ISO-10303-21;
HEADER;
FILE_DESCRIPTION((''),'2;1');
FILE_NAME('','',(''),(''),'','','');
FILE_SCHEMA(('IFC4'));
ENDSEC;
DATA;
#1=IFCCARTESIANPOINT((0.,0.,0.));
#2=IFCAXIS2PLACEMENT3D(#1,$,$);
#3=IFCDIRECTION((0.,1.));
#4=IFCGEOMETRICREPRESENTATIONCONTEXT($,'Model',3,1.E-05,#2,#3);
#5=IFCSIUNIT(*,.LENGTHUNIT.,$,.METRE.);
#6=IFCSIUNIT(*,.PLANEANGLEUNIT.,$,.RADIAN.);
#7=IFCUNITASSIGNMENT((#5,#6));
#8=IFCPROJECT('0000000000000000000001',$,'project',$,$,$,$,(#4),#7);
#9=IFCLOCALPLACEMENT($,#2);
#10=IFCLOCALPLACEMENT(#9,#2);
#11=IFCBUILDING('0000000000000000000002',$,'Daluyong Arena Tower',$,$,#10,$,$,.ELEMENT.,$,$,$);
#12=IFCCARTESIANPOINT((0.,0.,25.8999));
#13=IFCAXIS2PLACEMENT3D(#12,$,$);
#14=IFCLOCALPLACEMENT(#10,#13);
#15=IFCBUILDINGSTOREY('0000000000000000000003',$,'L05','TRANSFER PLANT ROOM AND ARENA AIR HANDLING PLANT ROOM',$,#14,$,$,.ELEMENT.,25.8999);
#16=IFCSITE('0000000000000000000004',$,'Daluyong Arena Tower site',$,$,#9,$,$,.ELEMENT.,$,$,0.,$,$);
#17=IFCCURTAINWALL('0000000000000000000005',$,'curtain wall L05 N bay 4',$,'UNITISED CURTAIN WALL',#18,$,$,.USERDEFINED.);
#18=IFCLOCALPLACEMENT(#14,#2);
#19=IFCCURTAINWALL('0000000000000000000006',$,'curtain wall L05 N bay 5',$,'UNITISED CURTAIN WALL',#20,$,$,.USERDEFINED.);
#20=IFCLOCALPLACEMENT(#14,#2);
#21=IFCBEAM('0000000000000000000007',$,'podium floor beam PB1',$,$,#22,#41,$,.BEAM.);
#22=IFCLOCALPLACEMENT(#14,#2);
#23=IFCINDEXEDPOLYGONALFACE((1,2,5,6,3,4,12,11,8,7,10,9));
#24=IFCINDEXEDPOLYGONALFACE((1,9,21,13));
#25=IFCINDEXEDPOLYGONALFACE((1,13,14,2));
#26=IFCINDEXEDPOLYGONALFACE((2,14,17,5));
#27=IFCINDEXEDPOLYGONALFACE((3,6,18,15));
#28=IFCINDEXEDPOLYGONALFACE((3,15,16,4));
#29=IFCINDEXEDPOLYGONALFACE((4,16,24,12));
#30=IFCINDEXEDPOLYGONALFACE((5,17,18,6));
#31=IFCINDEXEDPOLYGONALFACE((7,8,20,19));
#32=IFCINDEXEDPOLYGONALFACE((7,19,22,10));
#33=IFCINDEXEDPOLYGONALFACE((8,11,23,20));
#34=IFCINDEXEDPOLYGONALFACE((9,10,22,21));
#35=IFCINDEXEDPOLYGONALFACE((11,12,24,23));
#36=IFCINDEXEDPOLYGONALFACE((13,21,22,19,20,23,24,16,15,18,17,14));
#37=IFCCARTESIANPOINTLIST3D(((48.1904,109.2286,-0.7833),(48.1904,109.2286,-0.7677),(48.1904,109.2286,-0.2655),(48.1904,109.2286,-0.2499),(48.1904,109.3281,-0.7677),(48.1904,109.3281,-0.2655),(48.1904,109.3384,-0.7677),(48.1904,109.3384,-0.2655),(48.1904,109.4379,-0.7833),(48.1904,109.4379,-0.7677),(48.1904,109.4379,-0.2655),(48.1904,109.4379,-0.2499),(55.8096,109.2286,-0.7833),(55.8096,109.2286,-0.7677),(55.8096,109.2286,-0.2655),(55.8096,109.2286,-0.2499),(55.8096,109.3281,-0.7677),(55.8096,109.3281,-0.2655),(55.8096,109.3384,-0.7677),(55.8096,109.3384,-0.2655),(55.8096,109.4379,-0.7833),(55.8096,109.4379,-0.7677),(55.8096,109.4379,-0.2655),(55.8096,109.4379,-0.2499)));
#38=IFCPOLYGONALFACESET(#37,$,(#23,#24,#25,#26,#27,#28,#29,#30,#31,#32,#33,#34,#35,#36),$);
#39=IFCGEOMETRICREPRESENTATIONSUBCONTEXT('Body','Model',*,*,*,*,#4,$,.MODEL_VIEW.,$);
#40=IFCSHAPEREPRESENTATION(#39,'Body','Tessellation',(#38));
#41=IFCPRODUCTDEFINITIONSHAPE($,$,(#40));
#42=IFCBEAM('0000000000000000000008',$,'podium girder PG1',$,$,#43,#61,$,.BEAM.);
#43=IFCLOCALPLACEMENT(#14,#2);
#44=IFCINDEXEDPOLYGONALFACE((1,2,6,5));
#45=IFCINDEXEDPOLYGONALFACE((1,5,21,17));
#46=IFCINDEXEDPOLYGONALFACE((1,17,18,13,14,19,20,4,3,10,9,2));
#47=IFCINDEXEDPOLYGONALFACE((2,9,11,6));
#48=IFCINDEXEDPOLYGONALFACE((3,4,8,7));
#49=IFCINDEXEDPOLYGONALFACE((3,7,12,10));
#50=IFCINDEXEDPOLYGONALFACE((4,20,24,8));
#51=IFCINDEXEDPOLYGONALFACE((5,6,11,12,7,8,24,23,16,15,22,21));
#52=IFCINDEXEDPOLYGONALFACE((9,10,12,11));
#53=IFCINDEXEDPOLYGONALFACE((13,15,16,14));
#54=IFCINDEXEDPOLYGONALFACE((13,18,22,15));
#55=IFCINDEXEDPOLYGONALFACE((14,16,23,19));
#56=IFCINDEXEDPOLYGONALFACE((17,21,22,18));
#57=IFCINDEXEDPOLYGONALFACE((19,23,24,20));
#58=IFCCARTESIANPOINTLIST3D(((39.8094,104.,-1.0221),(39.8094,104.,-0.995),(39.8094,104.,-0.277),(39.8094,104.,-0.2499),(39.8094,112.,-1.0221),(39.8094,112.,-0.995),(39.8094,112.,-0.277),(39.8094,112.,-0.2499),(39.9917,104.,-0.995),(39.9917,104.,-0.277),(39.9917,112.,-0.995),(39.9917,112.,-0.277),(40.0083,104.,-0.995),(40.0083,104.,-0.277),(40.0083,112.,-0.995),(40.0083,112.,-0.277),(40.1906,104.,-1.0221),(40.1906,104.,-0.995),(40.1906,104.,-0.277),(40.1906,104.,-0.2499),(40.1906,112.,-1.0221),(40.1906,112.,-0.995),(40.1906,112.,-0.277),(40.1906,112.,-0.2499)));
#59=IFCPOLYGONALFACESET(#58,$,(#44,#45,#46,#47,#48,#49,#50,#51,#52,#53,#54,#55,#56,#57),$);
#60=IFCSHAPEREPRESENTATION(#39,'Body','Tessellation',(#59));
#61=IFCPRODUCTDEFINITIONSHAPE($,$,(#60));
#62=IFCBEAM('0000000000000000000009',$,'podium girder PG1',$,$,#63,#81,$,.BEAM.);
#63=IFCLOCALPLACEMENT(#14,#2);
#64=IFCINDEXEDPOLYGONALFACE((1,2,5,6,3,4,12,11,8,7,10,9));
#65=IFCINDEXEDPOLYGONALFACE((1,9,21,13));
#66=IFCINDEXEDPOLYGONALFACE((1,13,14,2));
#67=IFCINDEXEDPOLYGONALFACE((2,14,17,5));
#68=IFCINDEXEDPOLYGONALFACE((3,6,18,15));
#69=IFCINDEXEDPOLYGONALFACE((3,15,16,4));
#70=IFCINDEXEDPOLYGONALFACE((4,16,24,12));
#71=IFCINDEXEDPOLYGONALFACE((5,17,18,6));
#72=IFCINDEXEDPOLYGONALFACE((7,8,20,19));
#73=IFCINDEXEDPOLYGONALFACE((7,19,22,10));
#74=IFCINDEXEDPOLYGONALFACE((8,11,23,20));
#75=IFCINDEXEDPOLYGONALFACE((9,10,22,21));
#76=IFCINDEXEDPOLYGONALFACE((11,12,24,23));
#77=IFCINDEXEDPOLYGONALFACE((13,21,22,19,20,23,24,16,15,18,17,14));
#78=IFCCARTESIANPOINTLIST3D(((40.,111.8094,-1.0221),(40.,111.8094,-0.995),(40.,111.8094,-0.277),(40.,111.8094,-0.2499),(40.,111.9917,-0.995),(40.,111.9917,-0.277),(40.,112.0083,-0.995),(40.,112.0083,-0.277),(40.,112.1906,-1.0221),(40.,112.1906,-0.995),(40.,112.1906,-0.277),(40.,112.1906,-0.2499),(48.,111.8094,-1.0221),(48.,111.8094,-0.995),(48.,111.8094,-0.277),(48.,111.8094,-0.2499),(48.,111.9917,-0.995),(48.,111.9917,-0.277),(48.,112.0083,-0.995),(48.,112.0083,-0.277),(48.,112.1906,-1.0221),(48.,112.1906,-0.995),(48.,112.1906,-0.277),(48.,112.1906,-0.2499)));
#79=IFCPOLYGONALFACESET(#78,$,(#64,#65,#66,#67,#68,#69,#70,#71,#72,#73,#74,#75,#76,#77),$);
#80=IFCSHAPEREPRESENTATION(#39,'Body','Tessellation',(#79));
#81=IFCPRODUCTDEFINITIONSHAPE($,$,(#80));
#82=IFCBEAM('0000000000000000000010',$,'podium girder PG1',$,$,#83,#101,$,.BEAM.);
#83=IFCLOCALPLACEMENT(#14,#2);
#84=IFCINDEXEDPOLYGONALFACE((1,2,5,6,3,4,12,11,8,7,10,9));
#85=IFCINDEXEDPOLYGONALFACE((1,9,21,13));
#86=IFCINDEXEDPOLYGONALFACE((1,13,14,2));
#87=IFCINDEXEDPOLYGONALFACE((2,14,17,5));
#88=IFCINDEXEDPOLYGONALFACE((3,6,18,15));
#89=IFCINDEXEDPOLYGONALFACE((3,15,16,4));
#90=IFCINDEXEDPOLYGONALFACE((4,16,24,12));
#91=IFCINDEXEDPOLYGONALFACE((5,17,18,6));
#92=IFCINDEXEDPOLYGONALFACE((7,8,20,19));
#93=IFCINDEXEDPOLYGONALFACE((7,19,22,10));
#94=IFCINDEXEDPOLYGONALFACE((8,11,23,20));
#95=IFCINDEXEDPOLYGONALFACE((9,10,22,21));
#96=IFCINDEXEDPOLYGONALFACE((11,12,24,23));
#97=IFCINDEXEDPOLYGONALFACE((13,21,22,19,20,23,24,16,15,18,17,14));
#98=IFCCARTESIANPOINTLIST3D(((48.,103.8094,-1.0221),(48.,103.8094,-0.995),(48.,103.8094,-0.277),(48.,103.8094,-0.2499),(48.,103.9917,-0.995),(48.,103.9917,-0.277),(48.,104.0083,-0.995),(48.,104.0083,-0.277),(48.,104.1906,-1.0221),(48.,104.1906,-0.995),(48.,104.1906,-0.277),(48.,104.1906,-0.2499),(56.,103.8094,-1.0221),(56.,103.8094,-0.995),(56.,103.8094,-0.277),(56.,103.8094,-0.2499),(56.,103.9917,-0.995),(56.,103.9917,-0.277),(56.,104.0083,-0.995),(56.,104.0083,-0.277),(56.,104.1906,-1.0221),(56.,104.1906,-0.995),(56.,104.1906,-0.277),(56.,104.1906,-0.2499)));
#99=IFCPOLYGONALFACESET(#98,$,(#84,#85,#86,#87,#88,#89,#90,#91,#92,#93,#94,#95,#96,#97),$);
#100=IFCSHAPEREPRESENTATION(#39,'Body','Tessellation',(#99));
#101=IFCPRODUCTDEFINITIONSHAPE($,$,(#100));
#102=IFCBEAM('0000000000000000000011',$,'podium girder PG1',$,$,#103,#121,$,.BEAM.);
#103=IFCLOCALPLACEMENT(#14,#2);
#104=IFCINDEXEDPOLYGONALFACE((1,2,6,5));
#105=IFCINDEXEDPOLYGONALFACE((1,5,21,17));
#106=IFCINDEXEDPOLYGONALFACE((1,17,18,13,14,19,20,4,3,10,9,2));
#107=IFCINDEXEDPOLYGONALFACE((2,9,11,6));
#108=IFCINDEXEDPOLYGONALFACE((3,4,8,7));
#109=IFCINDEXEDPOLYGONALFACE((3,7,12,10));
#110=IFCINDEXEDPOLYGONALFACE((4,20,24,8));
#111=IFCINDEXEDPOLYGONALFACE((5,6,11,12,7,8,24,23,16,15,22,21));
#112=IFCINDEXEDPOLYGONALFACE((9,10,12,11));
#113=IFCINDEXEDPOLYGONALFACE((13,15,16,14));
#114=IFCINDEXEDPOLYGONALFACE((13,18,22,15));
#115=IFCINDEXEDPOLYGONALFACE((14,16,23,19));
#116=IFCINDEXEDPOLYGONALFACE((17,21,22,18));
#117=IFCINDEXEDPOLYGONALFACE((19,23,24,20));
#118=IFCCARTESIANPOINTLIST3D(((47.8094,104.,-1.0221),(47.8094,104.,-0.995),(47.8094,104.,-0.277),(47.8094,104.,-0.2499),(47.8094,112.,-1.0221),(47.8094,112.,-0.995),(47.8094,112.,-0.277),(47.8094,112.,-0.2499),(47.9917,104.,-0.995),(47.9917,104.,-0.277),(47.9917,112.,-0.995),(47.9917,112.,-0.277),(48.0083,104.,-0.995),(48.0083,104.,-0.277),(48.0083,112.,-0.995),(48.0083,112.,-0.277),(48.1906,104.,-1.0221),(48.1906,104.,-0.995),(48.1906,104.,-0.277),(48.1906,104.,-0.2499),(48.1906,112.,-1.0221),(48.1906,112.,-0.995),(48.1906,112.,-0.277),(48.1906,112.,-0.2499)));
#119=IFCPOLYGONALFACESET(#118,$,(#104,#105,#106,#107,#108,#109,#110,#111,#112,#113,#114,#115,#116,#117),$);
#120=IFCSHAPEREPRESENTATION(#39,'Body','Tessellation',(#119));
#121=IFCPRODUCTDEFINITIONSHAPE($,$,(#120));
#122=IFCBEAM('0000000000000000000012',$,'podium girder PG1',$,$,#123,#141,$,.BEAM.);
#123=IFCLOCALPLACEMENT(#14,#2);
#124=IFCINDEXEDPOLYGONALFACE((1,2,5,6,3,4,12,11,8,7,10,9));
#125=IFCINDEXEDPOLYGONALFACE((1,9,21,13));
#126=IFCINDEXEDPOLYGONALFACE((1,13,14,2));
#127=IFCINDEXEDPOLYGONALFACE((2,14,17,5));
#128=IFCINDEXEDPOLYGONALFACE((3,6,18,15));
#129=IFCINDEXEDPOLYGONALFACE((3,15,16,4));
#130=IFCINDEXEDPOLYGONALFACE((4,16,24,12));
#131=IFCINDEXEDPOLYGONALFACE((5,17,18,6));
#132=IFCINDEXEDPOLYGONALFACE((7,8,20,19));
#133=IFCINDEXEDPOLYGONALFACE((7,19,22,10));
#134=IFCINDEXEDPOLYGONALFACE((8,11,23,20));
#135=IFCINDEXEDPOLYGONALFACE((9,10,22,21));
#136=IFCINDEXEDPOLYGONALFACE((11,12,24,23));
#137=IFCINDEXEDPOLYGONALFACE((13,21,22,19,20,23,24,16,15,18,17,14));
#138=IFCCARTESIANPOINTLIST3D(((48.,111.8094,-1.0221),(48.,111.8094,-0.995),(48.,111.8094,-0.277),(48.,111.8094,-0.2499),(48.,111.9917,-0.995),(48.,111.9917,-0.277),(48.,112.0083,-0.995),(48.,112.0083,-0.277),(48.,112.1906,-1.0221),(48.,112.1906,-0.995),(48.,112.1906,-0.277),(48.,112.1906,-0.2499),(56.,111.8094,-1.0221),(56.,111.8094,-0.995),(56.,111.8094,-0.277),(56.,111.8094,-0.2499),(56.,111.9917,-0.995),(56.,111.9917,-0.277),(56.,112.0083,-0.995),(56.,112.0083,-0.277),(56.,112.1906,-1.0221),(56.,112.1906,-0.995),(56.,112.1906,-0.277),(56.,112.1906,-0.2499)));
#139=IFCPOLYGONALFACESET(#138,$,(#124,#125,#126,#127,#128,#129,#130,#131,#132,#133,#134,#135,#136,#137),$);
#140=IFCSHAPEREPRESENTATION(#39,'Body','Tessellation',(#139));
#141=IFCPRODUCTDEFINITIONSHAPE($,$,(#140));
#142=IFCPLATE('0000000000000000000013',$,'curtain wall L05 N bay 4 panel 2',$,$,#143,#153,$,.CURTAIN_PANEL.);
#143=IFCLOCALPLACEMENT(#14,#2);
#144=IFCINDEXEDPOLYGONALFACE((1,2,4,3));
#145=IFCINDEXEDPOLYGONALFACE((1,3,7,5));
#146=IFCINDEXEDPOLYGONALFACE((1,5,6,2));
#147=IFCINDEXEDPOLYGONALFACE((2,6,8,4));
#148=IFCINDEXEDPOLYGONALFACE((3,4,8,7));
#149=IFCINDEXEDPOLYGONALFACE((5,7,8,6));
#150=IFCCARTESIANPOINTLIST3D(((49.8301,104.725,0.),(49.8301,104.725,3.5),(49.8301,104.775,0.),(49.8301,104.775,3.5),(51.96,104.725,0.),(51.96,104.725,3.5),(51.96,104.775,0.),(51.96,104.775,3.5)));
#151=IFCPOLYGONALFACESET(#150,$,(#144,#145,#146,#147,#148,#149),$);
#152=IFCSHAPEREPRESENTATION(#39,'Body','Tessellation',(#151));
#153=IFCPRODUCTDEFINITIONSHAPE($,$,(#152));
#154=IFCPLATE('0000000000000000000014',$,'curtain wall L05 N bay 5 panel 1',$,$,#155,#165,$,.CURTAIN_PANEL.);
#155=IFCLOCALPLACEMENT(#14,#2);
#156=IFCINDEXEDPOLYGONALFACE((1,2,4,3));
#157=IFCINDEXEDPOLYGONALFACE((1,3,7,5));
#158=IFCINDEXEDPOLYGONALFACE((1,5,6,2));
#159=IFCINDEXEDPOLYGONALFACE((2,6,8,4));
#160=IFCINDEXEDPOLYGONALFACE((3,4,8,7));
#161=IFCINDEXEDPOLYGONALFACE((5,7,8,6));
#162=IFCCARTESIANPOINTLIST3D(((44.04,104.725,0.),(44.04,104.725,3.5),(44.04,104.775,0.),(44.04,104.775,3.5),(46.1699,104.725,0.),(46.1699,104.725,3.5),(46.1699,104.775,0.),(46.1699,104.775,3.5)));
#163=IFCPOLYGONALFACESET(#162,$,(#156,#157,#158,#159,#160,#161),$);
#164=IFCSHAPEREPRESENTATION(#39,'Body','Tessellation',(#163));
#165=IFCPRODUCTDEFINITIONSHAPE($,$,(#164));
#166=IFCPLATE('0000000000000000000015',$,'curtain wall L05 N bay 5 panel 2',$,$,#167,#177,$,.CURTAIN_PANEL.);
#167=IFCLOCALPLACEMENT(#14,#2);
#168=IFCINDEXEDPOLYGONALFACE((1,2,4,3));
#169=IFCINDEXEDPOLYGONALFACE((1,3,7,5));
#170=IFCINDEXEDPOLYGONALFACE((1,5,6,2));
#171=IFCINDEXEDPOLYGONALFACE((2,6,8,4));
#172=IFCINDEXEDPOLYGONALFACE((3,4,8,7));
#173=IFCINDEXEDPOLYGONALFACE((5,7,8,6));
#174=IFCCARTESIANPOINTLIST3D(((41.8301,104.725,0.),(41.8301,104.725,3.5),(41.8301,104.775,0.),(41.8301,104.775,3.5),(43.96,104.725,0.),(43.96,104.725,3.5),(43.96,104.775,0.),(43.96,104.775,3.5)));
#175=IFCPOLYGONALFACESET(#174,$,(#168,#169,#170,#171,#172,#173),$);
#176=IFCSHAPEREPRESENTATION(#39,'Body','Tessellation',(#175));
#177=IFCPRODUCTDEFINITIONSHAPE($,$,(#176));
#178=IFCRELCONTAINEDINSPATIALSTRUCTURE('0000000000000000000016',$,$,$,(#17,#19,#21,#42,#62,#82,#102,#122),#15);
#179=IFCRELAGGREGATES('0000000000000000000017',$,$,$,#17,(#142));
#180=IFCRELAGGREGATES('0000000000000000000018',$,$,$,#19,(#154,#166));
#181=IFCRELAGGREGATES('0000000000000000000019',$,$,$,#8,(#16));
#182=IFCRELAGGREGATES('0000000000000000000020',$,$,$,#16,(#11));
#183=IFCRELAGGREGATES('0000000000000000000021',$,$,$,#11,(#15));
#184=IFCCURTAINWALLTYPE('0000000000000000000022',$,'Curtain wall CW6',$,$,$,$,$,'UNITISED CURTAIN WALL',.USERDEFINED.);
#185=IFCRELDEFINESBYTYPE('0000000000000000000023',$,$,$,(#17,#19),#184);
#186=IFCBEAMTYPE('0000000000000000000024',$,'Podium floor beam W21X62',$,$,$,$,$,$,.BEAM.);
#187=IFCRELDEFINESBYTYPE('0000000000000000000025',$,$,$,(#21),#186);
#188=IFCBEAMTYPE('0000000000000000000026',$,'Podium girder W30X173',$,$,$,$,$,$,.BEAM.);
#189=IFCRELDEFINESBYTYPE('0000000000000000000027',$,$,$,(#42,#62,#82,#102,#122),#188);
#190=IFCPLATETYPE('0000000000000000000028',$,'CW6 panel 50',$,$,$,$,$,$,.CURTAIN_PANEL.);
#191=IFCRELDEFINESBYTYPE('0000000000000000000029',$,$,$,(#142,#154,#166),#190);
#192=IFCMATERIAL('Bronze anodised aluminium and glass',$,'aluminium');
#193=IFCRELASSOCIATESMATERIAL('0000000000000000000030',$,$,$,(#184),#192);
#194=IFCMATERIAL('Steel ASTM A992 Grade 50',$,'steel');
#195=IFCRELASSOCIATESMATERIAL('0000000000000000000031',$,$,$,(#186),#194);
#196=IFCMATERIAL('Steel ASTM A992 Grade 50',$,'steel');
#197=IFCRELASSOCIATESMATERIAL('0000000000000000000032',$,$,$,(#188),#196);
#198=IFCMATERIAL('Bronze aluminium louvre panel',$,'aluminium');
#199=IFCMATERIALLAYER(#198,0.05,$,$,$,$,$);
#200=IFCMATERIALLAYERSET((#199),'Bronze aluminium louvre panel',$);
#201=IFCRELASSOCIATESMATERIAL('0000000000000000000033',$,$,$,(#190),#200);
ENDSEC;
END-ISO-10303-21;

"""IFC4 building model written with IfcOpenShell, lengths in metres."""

from ifc_helpers import new_model, si_unit, direction, frame, origin, origin_2d, place, context, subcontext, project, spatial, rectangle, i_section, extrude, material, layer, layer_set, material_profile, profile_set, type_object, element, aggregate, save


model = new_model("IFC4")

# Units and contexts
model_context = context("Model", 3, precision=1e-05, world=origin(), true_north=direction((0.0, 1.0)))
body_context = subcontext(model_context, "Body", "Model", "MODEL_VIEW")
ifc_project = project(units=[si_unit("LENGTHUNIT", "METRE"), si_unit("PLANEANGLEUNIT", "RADIAN")], contexts=[model_context])

# Site, building, storey
site_placement = place(None, origin())
site = spatial("IfcSite", under=ifc_project, at=site_placement, Name="Daluyong Arena Tower site", CompositionType="ELEMENT", RefElevation=0.0)
building_placement = place(site_placement, origin())
building = spatial("IfcBuilding", under=site, at=building_placement, Name="Daluyong Arena Tower", CompositionType="ELEMENT")
storey_placement = place(building_placement, frame((0.0, 0.0, 25.8999)))
storey = spatial("IfcBuildingStorey", under=building, at=storey_placement, Name="L05", Description="TRANSFER PLANT ROOM AND ARENA AIR HANDLING PLANT ROOM", CompositionType="ELEMENT", Elevation=25.8999)

# Curtain walls
ifc_material_1 = material(Name="Bronze anodised aluminium and glass", Category="aluminium")
curtain_wall_type = type_object("IfcCurtainWallType", Name="Curtain wall CW6", ElementType="UNITISED CURTAIN WALL", PredefinedType="USERDEFINED", material=ifc_material_1)
curtain_wall_1_placement = place(storey_placement, origin())
curtain_wall_1 = element("IfcCurtainWall", 1, at=curtain_wall_1_placement, inside=storey, type_object=curtain_wall_type, Name="curtain wall L05 N bay 4", ObjectType="UNITISED CURTAIN WALL", PredefinedType="USERDEFINED")
curtain_wall_2_placement = place(storey_placement, origin())
curtain_wall_2 = element("IfcCurtainWall", 2, at=curtain_wall_2_placement, inside=storey, type_object=curtain_wall_type, Name="curtain wall L05 N bay 5", ObjectType="UNITISED CURTAIN WALL", PredefinedType="USERDEFINED")

# Beams
ifc_material_2 = material(Name="Steel ASTM A992 Grade 50", Category="steel")
ifc_material_profile_1 = material_profile(ifc_material_2, i_section(OverallWidth=0.2092, OverallDepth=0.5334, WebThickness=0.0103, FlangeThickness=0.0156, at=origin_2d()))
ifc_profile_set_1 = profile_set([ifc_material_profile_1], Name="Steel ASTM A992 Grade 50")
beam_type_1 = type_object("IfcBeamType", Name="Podium floor beam W21X62", PredefinedType="BEAM", material=ifc_profile_set_1)
for number, where, z_axis, x_axis, name in (
    (3, (48.1904, 109.3333, -0.5166), (1.0, 0.0, 0.0), (0.0, 1.0, 0.0), "podium floor beam PB1"),
):
    element("IfcBeam", number, at=place(storey_placement, frame(where, z_axis=z_axis, x_axis=x_axis)), inside=storey, type_object=beam_type_1, Name=name, PredefinedType="BEAM", context=body_context, shape_type="SweptSolid", body=[
        extrude(i_section(OverallWidth=0.2092, OverallDepth=0.5334, WebThickness=0.0103, FlangeThickness=0.0156, at=origin_2d()), origin(), (0.0, 0.0, 1.0), 7.6191),
    ])
ifc_material_3 = material(Name="Steel ASTM A992 Grade 50", Category="steel")
ifc_material_profile_2 = material_profile(ifc_material_3, i_section(OverallWidth=0.3811, OverallDepth=0.7722, WebThickness=0.0166, FlangeThickness=0.0271, at=origin_2d()))
ifc_profile_set_2 = profile_set([ifc_material_profile_2], Name="Steel ASTM A992 Grade 50")
beam_type_2 = type_object("IfcBeamType", Name="Podium girder W30X173", PredefinedType="BEAM", material=ifc_profile_set_2)
for number, where, z_axis, x_axis, name in (
    (4, (40.0, 104.0, -0.636), (0.0, 1.0, 0.0), (-1.0, 0.0, 0.0), "podium girder PG1"),
    (5, (40.0, 112.0, -0.636), (1.0, 0.0, 0.0), (0.0, 1.0, 0.0), "podium girder PG1"),
    (6, (48.0, 104.0, -0.636), (1.0, 0.0, 0.0), (0.0, 1.0, 0.0), "podium girder PG1"),
    (7, (48.0, 104.0, -0.636), (0.0, 1.0, 0.0), (-1.0, 0.0, 0.0), "podium girder PG1"),
    (8, (48.0, 112.0, -0.636), (1.0, 0.0, 0.0), (0.0, 1.0, 0.0), "podium girder PG1"),
):
    element("IfcBeam", number, at=place(storey_placement, frame(where, z_axis=z_axis, x_axis=x_axis)), inside=storey, type_object=beam_type_2, Name=name, PredefinedType="BEAM", context=body_context, shape_type="SweptSolid", body=[
        extrude(i_section(OverallWidth=0.3811, OverallDepth=0.7722, WebThickness=0.0166, FlangeThickness=0.0271, at=origin_2d()), origin(), (0.0, 0.0, 1.0), 8.0),
    ])

# Plates
ifc_material_4 = material(Name="Bronze aluminium louvre panel", Category="aluminium")
ifc_layer = layer(ifc_material_4, 0.05)
ifc_layer_set = layer_set([ifc_layer], Name="Bronze aluminium louvre panel")
plate_type = type_object("IfcPlateType", Name="CW6 panel 50", PredefinedType="CURTAIN_PANEL", material=ifc_layer_set)
plate_1_placement = place(storey_placement, frame((50.895, 104.75, 0.0), z_axis=(0.0, 0.0, 1.0), x_axis=(-1.0, 0.0, 0.0)))
plate_1 = element("IfcPlate", 9, at=plate_1_placement, type_object=plate_type, Name="curtain wall L05 N bay 4 panel 2", PredefinedType="CURTAIN_PANEL", context=body_context, shape_type="SweptSolid", body=[
    extrude(rectangle(XDim=2.1299, YDim=0.05, at=origin_2d()), origin(), (0.0, 0.0, 1.0), 3.5),
])
aggregate(curtain_wall_1, [plate_1])
plate_2_placement = place(storey_placement, frame((45.105, 104.75, 0.0), z_axis=(0.0, 0.0, 1.0), x_axis=(-1.0, 0.0, 0.0)))
plate_2 = element("IfcPlate", 10, at=plate_2_placement, type_object=plate_type, Name="curtain wall L05 N bay 5 panel 1", PredefinedType="CURTAIN_PANEL", context=body_context, shape_type="SweptSolid", body=[
    extrude(rectangle(XDim=2.1299, YDim=0.05, at=origin_2d()), origin(), (0.0, 0.0, 1.0), 3.5),
])
plate_3_placement = place(storey_placement, frame((42.895, 104.75, 0.0), z_axis=(0.0, 0.0, 1.0), x_axis=(-1.0, 0.0, 0.0)))
plate_3 = element("IfcPlate", 11, at=plate_3_placement, type_object=plate_type, Name="curtain wall L05 N bay 5 panel 2", PredefinedType="CURTAIN_PANEL", context=body_context, shape_type="SweptSolid", body=[
    extrude(rectangle(XDim=2.1299, YDim=0.05, at=origin_2d()), origin(), (0.0, 0.0, 1.0), 3.5),
])
aggregate(curtain_wall_2, [plate_2, plate_3])

save(model, "model.ifc")
